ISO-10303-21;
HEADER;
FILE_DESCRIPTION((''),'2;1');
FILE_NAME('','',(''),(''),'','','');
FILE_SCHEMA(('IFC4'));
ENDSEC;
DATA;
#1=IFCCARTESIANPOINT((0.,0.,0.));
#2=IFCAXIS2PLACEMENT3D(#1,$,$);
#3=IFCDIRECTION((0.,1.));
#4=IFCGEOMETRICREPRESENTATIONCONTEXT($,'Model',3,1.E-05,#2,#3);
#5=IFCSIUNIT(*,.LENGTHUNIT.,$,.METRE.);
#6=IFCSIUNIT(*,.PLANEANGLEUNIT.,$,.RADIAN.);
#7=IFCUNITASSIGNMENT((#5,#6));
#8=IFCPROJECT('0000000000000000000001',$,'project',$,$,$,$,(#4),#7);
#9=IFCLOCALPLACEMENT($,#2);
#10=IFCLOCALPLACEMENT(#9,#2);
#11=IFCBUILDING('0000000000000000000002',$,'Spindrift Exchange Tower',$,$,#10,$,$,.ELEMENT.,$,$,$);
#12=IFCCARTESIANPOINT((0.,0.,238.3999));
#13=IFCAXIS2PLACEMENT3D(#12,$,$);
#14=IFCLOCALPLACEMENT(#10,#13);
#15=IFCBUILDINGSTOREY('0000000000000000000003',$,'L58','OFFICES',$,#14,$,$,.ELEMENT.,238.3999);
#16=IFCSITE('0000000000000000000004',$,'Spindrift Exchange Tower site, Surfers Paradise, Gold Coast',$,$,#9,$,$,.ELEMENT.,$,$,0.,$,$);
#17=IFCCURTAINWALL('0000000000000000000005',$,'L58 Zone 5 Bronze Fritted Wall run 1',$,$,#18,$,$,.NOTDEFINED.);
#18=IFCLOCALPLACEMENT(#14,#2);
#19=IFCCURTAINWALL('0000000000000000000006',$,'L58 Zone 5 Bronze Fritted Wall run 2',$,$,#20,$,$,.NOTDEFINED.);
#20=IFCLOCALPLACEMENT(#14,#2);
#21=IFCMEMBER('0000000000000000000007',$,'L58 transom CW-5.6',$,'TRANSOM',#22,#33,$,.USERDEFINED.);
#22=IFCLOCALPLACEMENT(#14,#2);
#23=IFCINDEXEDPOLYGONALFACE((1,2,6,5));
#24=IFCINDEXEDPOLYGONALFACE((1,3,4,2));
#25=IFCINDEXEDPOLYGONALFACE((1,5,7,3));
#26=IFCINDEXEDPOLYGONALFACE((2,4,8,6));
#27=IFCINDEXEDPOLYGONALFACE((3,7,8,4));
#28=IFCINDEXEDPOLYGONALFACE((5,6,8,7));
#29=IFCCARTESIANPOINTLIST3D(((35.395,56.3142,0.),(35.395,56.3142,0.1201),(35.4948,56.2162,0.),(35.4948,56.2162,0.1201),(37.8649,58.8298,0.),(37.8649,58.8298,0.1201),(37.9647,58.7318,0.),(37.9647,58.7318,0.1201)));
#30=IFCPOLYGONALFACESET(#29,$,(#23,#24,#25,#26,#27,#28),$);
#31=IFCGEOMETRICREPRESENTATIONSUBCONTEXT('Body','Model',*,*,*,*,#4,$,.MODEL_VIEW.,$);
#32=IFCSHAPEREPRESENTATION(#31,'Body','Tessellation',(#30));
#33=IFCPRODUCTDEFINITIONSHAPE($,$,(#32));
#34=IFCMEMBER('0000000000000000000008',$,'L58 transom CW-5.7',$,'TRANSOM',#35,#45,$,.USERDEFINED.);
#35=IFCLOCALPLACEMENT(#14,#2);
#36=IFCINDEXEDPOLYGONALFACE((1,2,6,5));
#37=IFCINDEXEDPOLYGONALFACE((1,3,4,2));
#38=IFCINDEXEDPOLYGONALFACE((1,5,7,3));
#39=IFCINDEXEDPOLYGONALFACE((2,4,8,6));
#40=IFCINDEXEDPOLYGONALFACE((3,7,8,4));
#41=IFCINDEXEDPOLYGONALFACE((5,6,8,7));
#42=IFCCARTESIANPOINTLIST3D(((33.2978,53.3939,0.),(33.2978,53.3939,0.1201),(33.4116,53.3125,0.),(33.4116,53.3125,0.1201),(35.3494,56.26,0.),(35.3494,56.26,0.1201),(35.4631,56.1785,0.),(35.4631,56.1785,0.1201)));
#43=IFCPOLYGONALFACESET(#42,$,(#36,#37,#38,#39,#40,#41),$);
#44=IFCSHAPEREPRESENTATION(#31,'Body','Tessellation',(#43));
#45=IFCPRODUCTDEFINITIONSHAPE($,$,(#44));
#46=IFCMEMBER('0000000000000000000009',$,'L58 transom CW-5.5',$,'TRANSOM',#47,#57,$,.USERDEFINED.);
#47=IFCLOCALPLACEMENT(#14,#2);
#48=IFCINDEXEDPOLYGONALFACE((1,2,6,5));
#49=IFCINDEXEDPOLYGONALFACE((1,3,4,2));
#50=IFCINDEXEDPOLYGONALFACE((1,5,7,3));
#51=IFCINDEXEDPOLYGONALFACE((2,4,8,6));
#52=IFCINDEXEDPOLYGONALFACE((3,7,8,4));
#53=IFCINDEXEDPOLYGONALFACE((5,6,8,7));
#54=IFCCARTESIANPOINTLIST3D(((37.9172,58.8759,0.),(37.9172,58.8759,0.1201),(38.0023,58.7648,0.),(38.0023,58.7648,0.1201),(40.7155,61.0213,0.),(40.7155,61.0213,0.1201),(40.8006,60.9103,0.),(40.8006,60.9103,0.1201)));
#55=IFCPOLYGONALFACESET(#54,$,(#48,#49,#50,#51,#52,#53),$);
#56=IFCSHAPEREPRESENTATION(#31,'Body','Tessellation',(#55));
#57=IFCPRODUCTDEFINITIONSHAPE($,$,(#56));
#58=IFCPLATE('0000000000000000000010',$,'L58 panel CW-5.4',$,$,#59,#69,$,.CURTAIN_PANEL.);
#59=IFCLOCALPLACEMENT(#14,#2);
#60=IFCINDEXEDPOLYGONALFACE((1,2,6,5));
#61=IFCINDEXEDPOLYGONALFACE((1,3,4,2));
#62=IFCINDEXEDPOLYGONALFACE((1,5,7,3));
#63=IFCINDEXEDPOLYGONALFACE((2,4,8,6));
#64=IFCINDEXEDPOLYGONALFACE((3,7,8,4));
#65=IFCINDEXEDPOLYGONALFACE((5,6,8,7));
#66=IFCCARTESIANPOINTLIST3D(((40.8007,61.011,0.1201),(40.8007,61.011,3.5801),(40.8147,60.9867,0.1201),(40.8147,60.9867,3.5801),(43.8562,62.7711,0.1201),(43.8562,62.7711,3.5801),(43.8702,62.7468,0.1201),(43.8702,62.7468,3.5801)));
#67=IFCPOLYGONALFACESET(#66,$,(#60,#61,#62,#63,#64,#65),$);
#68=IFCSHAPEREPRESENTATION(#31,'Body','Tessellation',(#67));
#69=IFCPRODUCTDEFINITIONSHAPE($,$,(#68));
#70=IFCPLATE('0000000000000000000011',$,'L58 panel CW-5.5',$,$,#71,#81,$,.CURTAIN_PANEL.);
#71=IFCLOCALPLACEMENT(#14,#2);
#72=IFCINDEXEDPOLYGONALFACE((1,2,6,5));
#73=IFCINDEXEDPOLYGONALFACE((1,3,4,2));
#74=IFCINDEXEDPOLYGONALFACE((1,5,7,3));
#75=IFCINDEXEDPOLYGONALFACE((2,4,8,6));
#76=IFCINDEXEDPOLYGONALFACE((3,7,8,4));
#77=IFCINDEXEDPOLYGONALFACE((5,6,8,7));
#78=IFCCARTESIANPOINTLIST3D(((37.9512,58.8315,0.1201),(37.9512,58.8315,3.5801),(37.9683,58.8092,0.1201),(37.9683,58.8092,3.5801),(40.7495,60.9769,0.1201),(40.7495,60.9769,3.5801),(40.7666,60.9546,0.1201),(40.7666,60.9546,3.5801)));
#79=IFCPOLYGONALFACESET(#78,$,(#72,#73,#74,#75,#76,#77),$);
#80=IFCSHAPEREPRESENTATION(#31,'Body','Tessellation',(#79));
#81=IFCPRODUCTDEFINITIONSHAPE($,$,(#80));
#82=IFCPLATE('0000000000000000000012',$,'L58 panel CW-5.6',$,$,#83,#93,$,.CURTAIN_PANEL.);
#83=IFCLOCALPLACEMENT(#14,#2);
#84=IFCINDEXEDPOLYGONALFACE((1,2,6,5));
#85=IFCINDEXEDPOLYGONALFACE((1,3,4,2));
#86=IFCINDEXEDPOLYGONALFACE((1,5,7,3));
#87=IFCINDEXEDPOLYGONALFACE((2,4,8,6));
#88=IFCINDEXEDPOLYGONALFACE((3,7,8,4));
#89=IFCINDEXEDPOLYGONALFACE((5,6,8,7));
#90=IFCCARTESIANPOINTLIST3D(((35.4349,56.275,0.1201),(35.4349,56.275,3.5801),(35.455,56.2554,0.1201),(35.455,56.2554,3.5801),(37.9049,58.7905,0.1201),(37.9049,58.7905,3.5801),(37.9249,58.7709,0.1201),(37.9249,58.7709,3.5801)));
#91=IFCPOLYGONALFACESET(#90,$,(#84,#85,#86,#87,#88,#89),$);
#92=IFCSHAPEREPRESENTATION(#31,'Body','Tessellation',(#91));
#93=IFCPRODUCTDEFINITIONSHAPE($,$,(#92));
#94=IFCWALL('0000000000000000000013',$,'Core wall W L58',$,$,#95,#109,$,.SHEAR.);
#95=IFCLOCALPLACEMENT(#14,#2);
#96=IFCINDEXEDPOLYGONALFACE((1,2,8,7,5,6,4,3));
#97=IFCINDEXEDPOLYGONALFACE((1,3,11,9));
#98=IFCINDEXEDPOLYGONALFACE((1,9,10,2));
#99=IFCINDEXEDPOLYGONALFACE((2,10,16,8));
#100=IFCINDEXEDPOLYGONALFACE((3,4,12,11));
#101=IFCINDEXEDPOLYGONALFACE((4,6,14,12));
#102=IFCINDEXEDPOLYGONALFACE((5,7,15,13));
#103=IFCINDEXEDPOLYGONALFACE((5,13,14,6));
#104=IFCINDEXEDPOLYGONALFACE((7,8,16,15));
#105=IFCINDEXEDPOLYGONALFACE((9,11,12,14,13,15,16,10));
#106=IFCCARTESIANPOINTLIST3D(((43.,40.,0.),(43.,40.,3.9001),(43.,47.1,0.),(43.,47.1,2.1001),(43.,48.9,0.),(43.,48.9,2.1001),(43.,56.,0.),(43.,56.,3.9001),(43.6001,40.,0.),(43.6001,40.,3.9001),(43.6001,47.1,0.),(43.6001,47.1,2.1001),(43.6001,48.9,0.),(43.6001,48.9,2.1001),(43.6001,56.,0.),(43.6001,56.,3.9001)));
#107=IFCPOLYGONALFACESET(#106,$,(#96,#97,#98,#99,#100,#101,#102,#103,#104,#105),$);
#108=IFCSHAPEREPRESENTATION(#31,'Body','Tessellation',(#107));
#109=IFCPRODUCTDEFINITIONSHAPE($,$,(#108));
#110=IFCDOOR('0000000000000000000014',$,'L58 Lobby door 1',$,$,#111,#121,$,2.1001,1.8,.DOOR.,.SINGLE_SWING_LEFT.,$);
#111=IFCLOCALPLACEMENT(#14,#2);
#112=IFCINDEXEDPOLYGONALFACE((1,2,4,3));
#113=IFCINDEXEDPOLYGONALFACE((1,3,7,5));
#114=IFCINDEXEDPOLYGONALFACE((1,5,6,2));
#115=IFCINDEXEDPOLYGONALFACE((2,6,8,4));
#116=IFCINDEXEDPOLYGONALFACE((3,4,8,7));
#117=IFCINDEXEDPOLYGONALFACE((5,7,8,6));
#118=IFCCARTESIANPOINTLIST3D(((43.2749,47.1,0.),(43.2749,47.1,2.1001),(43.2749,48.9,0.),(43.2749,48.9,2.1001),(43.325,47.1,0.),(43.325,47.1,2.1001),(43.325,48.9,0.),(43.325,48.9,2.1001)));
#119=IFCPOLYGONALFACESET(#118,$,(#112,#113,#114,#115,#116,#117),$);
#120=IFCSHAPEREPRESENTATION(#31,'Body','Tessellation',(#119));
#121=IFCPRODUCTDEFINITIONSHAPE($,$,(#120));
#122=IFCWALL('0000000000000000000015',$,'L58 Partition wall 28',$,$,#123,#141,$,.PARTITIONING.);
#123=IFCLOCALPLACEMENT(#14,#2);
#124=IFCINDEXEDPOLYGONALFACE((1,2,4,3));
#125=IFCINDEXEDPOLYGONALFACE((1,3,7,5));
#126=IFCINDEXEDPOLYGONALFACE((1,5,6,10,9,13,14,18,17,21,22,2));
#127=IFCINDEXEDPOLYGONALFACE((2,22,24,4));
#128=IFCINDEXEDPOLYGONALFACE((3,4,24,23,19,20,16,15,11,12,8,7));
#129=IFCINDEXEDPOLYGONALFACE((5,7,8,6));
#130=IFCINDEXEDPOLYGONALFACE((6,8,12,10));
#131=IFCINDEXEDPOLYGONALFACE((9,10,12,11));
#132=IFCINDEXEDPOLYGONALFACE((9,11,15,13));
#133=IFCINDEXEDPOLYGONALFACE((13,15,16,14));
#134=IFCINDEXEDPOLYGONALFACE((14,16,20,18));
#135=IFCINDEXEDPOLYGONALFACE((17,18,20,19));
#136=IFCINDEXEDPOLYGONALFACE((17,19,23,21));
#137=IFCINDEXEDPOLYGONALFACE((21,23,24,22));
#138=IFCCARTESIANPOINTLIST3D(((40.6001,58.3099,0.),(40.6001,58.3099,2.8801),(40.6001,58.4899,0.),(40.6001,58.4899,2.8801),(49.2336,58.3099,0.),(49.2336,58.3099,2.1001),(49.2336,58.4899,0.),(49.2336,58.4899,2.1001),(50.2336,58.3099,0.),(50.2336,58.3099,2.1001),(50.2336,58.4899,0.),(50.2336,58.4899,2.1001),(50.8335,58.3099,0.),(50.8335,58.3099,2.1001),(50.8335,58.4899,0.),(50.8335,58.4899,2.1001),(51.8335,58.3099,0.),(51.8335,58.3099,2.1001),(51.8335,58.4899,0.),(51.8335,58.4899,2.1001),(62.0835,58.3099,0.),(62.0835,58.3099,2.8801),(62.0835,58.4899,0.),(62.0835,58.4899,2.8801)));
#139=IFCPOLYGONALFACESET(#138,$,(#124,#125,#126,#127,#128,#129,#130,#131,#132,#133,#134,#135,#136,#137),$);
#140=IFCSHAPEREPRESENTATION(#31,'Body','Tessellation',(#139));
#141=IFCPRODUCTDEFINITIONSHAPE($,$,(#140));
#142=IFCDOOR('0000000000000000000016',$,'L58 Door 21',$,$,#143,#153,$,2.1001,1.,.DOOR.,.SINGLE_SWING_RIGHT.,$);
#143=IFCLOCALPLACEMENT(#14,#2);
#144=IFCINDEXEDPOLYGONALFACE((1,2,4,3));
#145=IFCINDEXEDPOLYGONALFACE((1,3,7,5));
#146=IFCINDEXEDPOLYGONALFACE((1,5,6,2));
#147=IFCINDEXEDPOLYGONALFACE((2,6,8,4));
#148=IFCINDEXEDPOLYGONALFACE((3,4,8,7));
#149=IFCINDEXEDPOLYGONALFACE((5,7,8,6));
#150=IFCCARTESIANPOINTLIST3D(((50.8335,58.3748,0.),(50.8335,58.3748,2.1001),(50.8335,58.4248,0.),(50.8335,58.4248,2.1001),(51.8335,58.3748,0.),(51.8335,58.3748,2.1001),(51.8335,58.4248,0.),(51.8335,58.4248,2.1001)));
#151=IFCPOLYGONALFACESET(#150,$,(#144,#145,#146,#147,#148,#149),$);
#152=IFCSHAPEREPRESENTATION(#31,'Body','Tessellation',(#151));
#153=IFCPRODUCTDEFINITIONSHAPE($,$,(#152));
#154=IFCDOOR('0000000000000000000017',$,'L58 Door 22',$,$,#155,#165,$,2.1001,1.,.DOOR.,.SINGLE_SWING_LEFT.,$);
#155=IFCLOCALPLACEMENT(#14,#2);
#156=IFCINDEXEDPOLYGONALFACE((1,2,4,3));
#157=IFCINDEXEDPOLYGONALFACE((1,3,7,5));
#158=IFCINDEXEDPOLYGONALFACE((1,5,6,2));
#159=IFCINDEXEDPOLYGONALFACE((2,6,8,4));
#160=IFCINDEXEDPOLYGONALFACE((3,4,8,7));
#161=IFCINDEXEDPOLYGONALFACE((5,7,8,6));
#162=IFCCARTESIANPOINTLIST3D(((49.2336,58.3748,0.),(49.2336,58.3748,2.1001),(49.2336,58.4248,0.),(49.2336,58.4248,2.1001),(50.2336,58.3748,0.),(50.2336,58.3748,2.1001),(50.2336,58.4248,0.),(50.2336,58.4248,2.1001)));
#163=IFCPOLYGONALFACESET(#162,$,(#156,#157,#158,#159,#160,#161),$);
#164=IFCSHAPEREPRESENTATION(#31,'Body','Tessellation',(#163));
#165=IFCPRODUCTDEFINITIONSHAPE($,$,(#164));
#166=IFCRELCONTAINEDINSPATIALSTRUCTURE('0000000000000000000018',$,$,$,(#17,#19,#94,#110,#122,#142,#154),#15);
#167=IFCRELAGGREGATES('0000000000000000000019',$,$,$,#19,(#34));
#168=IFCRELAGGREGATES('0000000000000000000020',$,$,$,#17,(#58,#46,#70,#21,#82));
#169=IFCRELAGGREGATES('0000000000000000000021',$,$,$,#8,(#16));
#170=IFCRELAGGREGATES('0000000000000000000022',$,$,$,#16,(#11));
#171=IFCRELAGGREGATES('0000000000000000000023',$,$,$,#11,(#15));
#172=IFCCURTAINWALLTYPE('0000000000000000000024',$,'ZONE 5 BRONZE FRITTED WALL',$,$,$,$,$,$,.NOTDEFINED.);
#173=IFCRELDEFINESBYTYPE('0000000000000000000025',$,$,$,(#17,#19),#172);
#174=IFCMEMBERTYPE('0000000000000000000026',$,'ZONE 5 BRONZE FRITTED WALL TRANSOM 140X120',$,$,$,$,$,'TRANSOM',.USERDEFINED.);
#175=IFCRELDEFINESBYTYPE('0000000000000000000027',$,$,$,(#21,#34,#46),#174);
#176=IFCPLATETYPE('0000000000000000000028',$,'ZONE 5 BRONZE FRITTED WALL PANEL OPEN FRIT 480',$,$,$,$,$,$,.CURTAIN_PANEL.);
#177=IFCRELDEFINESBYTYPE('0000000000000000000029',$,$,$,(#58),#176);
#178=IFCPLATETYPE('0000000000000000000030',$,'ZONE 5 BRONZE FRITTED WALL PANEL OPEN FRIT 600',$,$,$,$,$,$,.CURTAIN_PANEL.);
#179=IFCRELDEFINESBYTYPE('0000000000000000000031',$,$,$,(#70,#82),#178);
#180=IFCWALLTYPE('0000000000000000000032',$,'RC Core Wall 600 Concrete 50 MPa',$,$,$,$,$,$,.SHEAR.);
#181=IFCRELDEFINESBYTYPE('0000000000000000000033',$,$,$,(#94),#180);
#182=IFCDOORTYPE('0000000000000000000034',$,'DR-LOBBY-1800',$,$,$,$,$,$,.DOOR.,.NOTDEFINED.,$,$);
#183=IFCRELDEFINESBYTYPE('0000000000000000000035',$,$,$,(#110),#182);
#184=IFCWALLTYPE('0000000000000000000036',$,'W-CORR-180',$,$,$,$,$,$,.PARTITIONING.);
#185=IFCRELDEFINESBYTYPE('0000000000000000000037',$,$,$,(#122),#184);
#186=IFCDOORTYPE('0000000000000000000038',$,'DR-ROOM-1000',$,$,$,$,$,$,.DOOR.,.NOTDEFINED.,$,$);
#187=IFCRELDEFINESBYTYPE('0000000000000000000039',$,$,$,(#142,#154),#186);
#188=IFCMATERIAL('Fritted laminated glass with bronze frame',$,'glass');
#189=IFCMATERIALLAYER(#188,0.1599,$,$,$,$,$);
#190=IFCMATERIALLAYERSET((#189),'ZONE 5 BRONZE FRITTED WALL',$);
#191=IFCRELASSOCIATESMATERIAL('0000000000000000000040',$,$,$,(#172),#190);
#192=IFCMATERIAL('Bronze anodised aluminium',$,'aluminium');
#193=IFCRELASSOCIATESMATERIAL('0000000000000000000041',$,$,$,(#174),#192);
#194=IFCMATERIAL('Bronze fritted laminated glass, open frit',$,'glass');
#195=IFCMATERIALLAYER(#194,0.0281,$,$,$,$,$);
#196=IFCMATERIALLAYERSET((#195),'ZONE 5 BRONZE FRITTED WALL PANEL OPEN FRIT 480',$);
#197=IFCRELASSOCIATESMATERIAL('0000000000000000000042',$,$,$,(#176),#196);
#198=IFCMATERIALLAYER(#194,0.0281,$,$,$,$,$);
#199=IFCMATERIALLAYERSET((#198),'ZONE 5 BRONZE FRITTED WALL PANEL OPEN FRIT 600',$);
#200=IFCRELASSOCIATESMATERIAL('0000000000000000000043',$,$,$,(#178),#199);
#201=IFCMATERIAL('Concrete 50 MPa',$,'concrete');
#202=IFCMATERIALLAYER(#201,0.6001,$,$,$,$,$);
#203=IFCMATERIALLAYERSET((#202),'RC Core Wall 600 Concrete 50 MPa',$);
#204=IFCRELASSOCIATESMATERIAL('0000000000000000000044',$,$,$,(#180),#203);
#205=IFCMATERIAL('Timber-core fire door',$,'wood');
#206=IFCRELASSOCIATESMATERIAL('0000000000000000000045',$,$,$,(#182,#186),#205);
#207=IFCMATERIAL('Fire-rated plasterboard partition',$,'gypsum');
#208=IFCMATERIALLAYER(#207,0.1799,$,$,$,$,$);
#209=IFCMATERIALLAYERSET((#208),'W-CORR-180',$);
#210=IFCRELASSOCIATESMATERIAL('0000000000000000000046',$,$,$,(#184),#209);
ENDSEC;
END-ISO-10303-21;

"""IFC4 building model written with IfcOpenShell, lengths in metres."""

from ifc_helpers import new_model, si_unit, direction, frame, frame_2d, origin, origin_2d, place, context, subcontext, project, spatial, rectangle, extrude, source, transform, mapped, material, layer, layer_set, material_profile, profile_set, type_object, element, fill, aggregate, save


model = new_model("IFC4")

# Units and contexts
model_context = context("Model", 3, precision=1e-05, world=origin(), true_north=direction((0.0, 1.0)))
body_context = subcontext(model_context, "Body", "Model", "MODEL_VIEW")
ifc_project = project(units=[si_unit("LENGTHUNIT", "METRE"), si_unit("PLANEANGLEUNIT", "RADIAN")], contexts=[model_context])

# Site, building, storey
site_placement = place(None, origin())
site = spatial("IfcSite", under=ifc_project, at=site_placement, Name="Spindrift Exchange Tower site, Surfers Paradise, Gold Coast", CompositionType="ELEMENT", RefElevation=0.0)
building_placement = place(site_placement, origin())
building = spatial("IfcBuilding", under=site, at=building_placement, Name="Spindrift Exchange Tower", CompositionType="ELEMENT")
storey_placement = place(building_placement, frame((0.0, 0.0, 238.3999)))
storey = spatial("IfcBuildingStorey", under=building, at=storey_placement, Name="L58", Description="OFFICES", CompositionType="ELEMENT", Elevation=238.3999)

# Curtain wall
ifc_material_1 = material(Name="Fritted laminated glass with bronze frame", Category="glass")
ifc_layer_1 = layer(ifc_material_1, 0.1599)
ifc_layer_set_1 = layer_set([ifc_layer_1], Name="ZONE 5 BRONZE FRITTED WALL")
curtain_wall_type = type_object("IfcCurtainWallType", Name="ZONE 5 BRONZE FRITTED WALL", PredefinedType="NOTDEFINED", material=ifc_layer_set_1)
curtain_wall_1_placement = place(storey_placement, origin())
curtain_wall_1 = element("IfcCurtainWall", 1, at=curtain_wall_1_placement, inside=storey, type_object=curtain_wall_type, Name="L58 Zone 5 Bronze Fritted Wall run 1", PredefinedType="NOTDEFINED")
ifc_material_2 = material(Name="Bronze anodised aluminium", Category="aluminium")

# Curtain wall
curtain_wall_2_placement = place(storey_placement, origin())
curtain_wall_2 = element("IfcCurtainWall", 2, at=curtain_wall_2_placement, inside=storey, type_object=curtain_wall_type, Name="L58 Zone 5 Bronze Fritted Wall run 2", PredefinedType="NOTDEFINED")

# Members
ifc_material_profile_1 = material_profile(ifc_material_2, rectangle(XDim=0.1399, YDim=0.1201, at=origin_2d()), Name="ZONE 5 BRONZE FRITTED WALL TRANSOM 140X120")
ifc_profile_set_1 = profile_set([ifc_material_profile_1], Name="Bronze anodised aluminium")
member_type_1 = type_object("IfcMemberType", Name="ZONE 5 BRONZE FRITTED WALL TRANSOM 140X120", ElementType="TRANSOM", PredefinedType="USERDEFINED", material=ifc_profile_set_1)
shared_shape_1 = source(origin(), body_context, "Body", "SweptSolid", [
    extrude(rectangle(XDim=0.1399, YDim=0.1201, at=origin_2d()), origin(), (0.0, 0.0, 1.0), 3.5254),
])
member_1_placement = place(storey_placement, frame((37.9148, 58.7808, 0.0601), z_axis=(-0.700602, -0.713552, 0.0), x_axis=(0.713552, -0.700602, 0.0)))
member_1 = element("IfcMember", 3, at=member_1_placement, type_object=member_type_1, Name="L58 transom CW-5.6", ObjectType="TRANSOM", PredefinedType="USERDEFINED", context=body_context, shape_type="MappedRepresentation", body=[
    mapped(shared_shape_1, transform((0.0, 0.0, 0.0), scale=1.0)),
])
shared_shape_2 = source(origin(), body_context, "Body", "SweptSolid", [
    extrude(rectangle(XDim=0.1399, YDim=0.1201, at=origin_2d()), origin(), (0.0, 0.0, 1.0), 3.5247),
])
member_2_placement = place(storey_placement, frame((35.4062, 56.2192, 0.0601), z_axis=(-0.582064, -0.813143, 0.0), x_axis=(0.813143, -0.582064, 0.0)))
member_2 = element("IfcMember", 4, at=member_2_placement, type_object=member_type_1, Name="L58 transom CW-5.7", ObjectType="TRANSOM", PredefinedType="USERDEFINED", context=body_context, shape_type="MappedRepresentation", body=[
    mapped(shared_shape_2, transform((0.0, 0.0, 0.0), scale=1.0)),
])
aggregate(curtain_wall_2, [member_2])
shared_shape_3 = source(origin(), body_context, "Body", "SweptSolid", [
    extrude(rectangle(XDim=0.1399, YDim=0.1201, at=origin_2d()), origin(), (0.0, 0.0, 1.0), 3.5261),
])
member_3_placement = place(storey_placement, frame((40.7581, 60.9658, 0.0601), z_axis=(-0.793591, -0.608452, 0.0), x_axis=(0.608452, -0.793591, 0.0)))
member_3 = element("IfcMember", 5, at=member_3_placement, type_object=member_type_1, Name="L58 transom CW-5.5", ObjectType="TRANSOM", PredefinedType="USERDEFINED", context=body_context, shape_type="MappedRepresentation", body=[
    mapped(shared_shape_3, transform((0.0, 0.0, 0.0), scale=1.0)),
])

# Plates
ifc_material_3 = material(Name="Bronze fritted laminated glass, open frit", Category="glass")
ifc_layer_2 = layer(ifc_material_3, 0.0281)
ifc_layer_set_2 = layer_set([ifc_layer_2], Name="ZONE 5 BRONZE FRITTED WALL PANEL OPEN FRIT 480")
plate_type_1 = type_object("IfcPlateType", Name="ZONE 5 BRONZE FRITTED WALL PANEL OPEN FRIT 480", PredefinedType="CURTAIN_PANEL", material=ifc_layer_set_2)
shared_shape_4 = source(origin(), body_context, "Body", "SweptSolid", [
    extrude(rectangle(XDim=3.5261, YDim=0.0281, at=origin_2d()), origin(), (0.0, 0.0, 1.0), 3.46),
])
plate_1_placement = place(storey_placement, frame((42.3354, 61.8789, 0.1201), z_axis=(0.0, 0.0, 1.0), x_axis=(-0.86651, -0.499159, 0.0)))
plate_1 = element("IfcPlate", 6, at=plate_1_placement, type_object=plate_type_1, Name="L58 panel CW-5.4", PredefinedType="CURTAIN_PANEL", context=body_context, shape_type="MappedRepresentation", body=[
    mapped(shared_shape_4, transform((0.0, 0.0, 0.0), scale=1.0)),
])
ifc_layer_3 = layer(ifc_material_3, 0.0281)
ifc_layer_set_3 = layer_set([ifc_layer_3], Name="ZONE 5 BRONZE FRITTED WALL PANEL OPEN FRIT 600")
plate_type_2 = type_object("IfcPlateType", Name="ZONE 5 BRONZE FRITTED WALL PANEL OPEN FRIT 600", PredefinedType="CURTAIN_PANEL", material=ifc_layer_set_3)
shared_shape_5 = source(origin(), body_context, "Body", "SweptSolid", [
    extrude(rectangle(XDim=3.5261, YDim=0.0281, at=origin_2d()), origin(), (0.0, 0.0, 1.0), 3.46),
])
plate_2_placement = place(storey_placement, frame((39.3589, 59.8931, 0.1201), z_axis=(0.0, 0.0, 1.0), x_axis=(-0.793601, -0.608439, 0.0)))
plate_2 = element("IfcPlate", 7, at=plate_2_placement, type_object=plate_type_2, Name="L58 panel CW-5.5", PredefinedType="CURTAIN_PANEL", context=body_context, shape_type="MappedRepresentation", body=[
    mapped(shared_shape_5, transform((0.0, 0.0, 0.0), scale=1.0)),
])
shared_shape_6 = source(origin(), body_context, "Body", "SweptSolid", [
    extrude(rectangle(XDim=3.5254, YDim=0.0281, at=origin_2d()), origin(), (0.0, 0.0, 1.0), 3.46),
])
plate_3_placement = place(storey_placement, frame((36.6799, 57.5229, 0.1201), z_axis=(0.0, 0.0, 1.0), x_axis=(-0.70062, -0.713534, 0.0)))
plate_3 = element("IfcPlate", 8, at=plate_3_placement, type_object=plate_type_2, Name="L58 panel CW-5.6", PredefinedType="CURTAIN_PANEL", context=body_context, shape_type="MappedRepresentation", body=[
    mapped(shared_shape_6, transform((0.0, 0.0, 0.0), scale=1.0)),
])
aggregate(curtain_wall_1, [plate_1, member_3, plate_2, member_1, plate_3])

# Wall, opening, door
ifc_material_4 = material(Name="Concrete 50 MPa", Category="concrete")
ifc_layer_4 = layer(ifc_material_4, 0.6001)
ifc_layer_set_4 = layer_set([ifc_layer_4], Name="RC Core Wall 600 Concrete 50 MPa")
wall_type_1 = type_object("IfcWallType", Name="RC Core Wall 600 Concrete 50 MPa", PredefinedType="SHEAR", material=ifc_layer_set_4)
wall_1_placement = place(storey_placement, frame((43.3, 56.0, 0.0), z_axis=(0.0, 0.0, 1.0), x_axis=(0.0, -1.0, 0.0)))
wall_1 = element("IfcWall", 9, at=wall_1_placement, inside=storey, type_object=wall_type_1, Name="Core wall W L58", PredefinedType="SHEAR", context=body_context, shape_type="SweptSolid", body=[
    extrude(rectangle(XDim=16.0, YDim=0.6001, at=frame_2d((8.0, 0.0))), origin(), (0.0, 0.0, 1.0), 3.9001),
])
opening_1_placement = place(wall_1_placement, frame((7.1001, 0.0, 0.0)))
opening_1 = element("IfcOpeningElement", 10, at=opening_1_placement, cuts=wall_1, PredefinedType="OPENING", context=body_context, shape_type="SweptSolid", body=[
    extrude(rectangle(XDim=1.8, YDim=2.1001, at=frame_2d((0.8999, 1.05))), frame((0.0, 0.3101, 0.0), z_axis=(0.0, -1.0, 0.0), x_axis=(1.0, 0.0, 0.0)), (0.0, 0.0, 1.0), 0.6201),
])
ifc_material_5 = material(Name="Timber-core fire door", Category="wood")
door_type_1 = type_object("IfcDoorType", Name="DR-LOBBY-1800", OperationType="NOTDEFINED", PredefinedType="DOOR", material=ifc_material_5)
shared_shape_7 = source(origin(), body_context, "Body", "SweptSolid", [
    extrude(rectangle(XDim=1.8, YDim=2.1001, at=frame_2d((0.8999, 1.05))), frame((0.0, 0.0249, 0.0), z_axis=(0.0, -1.0, 0.0), x_axis=(1.0, 0.0, 0.0)), (0.0, 0.0, 1.0), 0.05),
])
door_1_placement = place(opening_1_placement, origin())
door_1 = element("IfcDoor", 11, at=door_1_placement, inside=storey, type_object=door_type_1, Name="L58 Lobby door 1", OperationType="SINGLE_SWING_LEFT", OverallHeight=2.1001, OverallWidth=1.8, PredefinedType="DOOR", context=body_context, shape_type="MappedRepresentation", body=[
    mapped(shared_shape_7, transform((0.0, 0.0, 0.0), scale=1.0)),
])
fill(opening_1, door_1)

# Wall, openings, doors
ifc_material_6 = material(Name="Fire-rated plasterboard partition", Category="gypsum")
ifc_layer_5 = layer(ifc_material_6, 0.1799)
ifc_layer_set_5 = layer_set([ifc_layer_5], Name="W-CORR-180")
wall_type_2 = type_object("IfcWallType", Name="W-CORR-180", PredefinedType="PARTITIONING", material=ifc_layer_set_5)
wall_2_placement = place(storey_placement, frame((40.6001, 58.3999, 0.0), z_axis=(0.0, 0.0, 1.0), x_axis=(1.0, 0.0, 0.0)))
wall_2 = element("IfcWall", 12, at=wall_2_placement, inside=storey, type_object=wall_type_2, Name="L58 Partition wall 28", PredefinedType="PARTITIONING", context=body_context, shape_type="SweptSolid", body=[
    extrude(rectangle(XDim=21.4834, YDim=0.1799, at=frame_2d((10.7417, 0.0))), origin(), (0.0, 0.0, 1.0), 2.8801),
])
opening_2_placement = place(wall_2_placement, frame((10.2334, 0.0, 0.0)))
opening_2 = element("IfcOpeningElement", 13, at=opening_2_placement, cuts=wall_2, PredefinedType="OPENING", context=body_context, shape_type="SweptSolid", body=[
    extrude(rectangle(XDim=1.0, YDim=2.1001, at=frame_2d((0.5, 1.05))), frame((0.0, 0.0999, 0.0), z_axis=(0.0, -1.0, 0.0), x_axis=(1.0, 0.0, 0.0)), (0.0, 0.0, 1.0), 0.2),
])
opening_3_placement = place(wall_2_placement, frame((8.6335, 0.0, 0.0)))
opening_3 = element("IfcOpeningElement", 14, at=opening_3_placement, cuts=wall_2, PredefinedType="OPENING", context=body_context, shape_type="SweptSolid", body=[
    extrude(rectangle(XDim=1.0, YDim=2.1001, at=frame_2d((0.5, 1.05))), frame((0.0, 0.0999, 0.0), z_axis=(0.0, -1.0, 0.0), x_axis=(1.0, 0.0, 0.0)), (0.0, 0.0, 1.0), 0.2),
])
door_type_2 = type_object("IfcDoorType", Name="DR-ROOM-1000", OperationType="NOTDEFINED", PredefinedType="DOOR", material=ifc_material_5)
shared_shape_8 = source(origin(), body_context, "Body", "SweptSolid", [
    extrude(rectangle(XDim=1.0, YDim=2.1001, at=frame_2d((0.5, 1.05))), frame((0.0, 0.0249, 0.0), z_axis=(0.0, -1.0, 0.0), x_axis=(1.0, 0.0, 0.0)), (0.0, 0.0, 1.0), 0.05),
])
door_2_placement = place(opening_2_placement, origin())
door_2 = element("IfcDoor", 15, at=door_2_placement, inside=storey, type_object=door_type_2, Name="L58 Door 21", OperationType="SINGLE_SWING_RIGHT", OverallHeight=2.1001, OverallWidth=1.0, PredefinedType="DOOR", context=body_context, shape_type="MappedRepresentation", body=[
    mapped(shared_shape_8, transform((0.0, 0.0, 0.0), scale=1.0)),
])
fill(opening_2, door_2)
door_3_placement = place(opening_3_placement, origin())
door_3 = element("IfcDoor", 16, at=door_3_placement, inside=storey, type_object=door_type_2, Name="L58 Door 22", OperationType="SINGLE_SWING_LEFT", OverallHeight=2.1001, OverallWidth=1.0, PredefinedType="DOOR", context=body_context, shape_type="MappedRepresentation", body=[
    mapped(shared_shape_8, transform((0.0, 0.0, 0.0), scale=1.0)),
])
fill(opening_3, door_3)

save(model, "model.ifc")
